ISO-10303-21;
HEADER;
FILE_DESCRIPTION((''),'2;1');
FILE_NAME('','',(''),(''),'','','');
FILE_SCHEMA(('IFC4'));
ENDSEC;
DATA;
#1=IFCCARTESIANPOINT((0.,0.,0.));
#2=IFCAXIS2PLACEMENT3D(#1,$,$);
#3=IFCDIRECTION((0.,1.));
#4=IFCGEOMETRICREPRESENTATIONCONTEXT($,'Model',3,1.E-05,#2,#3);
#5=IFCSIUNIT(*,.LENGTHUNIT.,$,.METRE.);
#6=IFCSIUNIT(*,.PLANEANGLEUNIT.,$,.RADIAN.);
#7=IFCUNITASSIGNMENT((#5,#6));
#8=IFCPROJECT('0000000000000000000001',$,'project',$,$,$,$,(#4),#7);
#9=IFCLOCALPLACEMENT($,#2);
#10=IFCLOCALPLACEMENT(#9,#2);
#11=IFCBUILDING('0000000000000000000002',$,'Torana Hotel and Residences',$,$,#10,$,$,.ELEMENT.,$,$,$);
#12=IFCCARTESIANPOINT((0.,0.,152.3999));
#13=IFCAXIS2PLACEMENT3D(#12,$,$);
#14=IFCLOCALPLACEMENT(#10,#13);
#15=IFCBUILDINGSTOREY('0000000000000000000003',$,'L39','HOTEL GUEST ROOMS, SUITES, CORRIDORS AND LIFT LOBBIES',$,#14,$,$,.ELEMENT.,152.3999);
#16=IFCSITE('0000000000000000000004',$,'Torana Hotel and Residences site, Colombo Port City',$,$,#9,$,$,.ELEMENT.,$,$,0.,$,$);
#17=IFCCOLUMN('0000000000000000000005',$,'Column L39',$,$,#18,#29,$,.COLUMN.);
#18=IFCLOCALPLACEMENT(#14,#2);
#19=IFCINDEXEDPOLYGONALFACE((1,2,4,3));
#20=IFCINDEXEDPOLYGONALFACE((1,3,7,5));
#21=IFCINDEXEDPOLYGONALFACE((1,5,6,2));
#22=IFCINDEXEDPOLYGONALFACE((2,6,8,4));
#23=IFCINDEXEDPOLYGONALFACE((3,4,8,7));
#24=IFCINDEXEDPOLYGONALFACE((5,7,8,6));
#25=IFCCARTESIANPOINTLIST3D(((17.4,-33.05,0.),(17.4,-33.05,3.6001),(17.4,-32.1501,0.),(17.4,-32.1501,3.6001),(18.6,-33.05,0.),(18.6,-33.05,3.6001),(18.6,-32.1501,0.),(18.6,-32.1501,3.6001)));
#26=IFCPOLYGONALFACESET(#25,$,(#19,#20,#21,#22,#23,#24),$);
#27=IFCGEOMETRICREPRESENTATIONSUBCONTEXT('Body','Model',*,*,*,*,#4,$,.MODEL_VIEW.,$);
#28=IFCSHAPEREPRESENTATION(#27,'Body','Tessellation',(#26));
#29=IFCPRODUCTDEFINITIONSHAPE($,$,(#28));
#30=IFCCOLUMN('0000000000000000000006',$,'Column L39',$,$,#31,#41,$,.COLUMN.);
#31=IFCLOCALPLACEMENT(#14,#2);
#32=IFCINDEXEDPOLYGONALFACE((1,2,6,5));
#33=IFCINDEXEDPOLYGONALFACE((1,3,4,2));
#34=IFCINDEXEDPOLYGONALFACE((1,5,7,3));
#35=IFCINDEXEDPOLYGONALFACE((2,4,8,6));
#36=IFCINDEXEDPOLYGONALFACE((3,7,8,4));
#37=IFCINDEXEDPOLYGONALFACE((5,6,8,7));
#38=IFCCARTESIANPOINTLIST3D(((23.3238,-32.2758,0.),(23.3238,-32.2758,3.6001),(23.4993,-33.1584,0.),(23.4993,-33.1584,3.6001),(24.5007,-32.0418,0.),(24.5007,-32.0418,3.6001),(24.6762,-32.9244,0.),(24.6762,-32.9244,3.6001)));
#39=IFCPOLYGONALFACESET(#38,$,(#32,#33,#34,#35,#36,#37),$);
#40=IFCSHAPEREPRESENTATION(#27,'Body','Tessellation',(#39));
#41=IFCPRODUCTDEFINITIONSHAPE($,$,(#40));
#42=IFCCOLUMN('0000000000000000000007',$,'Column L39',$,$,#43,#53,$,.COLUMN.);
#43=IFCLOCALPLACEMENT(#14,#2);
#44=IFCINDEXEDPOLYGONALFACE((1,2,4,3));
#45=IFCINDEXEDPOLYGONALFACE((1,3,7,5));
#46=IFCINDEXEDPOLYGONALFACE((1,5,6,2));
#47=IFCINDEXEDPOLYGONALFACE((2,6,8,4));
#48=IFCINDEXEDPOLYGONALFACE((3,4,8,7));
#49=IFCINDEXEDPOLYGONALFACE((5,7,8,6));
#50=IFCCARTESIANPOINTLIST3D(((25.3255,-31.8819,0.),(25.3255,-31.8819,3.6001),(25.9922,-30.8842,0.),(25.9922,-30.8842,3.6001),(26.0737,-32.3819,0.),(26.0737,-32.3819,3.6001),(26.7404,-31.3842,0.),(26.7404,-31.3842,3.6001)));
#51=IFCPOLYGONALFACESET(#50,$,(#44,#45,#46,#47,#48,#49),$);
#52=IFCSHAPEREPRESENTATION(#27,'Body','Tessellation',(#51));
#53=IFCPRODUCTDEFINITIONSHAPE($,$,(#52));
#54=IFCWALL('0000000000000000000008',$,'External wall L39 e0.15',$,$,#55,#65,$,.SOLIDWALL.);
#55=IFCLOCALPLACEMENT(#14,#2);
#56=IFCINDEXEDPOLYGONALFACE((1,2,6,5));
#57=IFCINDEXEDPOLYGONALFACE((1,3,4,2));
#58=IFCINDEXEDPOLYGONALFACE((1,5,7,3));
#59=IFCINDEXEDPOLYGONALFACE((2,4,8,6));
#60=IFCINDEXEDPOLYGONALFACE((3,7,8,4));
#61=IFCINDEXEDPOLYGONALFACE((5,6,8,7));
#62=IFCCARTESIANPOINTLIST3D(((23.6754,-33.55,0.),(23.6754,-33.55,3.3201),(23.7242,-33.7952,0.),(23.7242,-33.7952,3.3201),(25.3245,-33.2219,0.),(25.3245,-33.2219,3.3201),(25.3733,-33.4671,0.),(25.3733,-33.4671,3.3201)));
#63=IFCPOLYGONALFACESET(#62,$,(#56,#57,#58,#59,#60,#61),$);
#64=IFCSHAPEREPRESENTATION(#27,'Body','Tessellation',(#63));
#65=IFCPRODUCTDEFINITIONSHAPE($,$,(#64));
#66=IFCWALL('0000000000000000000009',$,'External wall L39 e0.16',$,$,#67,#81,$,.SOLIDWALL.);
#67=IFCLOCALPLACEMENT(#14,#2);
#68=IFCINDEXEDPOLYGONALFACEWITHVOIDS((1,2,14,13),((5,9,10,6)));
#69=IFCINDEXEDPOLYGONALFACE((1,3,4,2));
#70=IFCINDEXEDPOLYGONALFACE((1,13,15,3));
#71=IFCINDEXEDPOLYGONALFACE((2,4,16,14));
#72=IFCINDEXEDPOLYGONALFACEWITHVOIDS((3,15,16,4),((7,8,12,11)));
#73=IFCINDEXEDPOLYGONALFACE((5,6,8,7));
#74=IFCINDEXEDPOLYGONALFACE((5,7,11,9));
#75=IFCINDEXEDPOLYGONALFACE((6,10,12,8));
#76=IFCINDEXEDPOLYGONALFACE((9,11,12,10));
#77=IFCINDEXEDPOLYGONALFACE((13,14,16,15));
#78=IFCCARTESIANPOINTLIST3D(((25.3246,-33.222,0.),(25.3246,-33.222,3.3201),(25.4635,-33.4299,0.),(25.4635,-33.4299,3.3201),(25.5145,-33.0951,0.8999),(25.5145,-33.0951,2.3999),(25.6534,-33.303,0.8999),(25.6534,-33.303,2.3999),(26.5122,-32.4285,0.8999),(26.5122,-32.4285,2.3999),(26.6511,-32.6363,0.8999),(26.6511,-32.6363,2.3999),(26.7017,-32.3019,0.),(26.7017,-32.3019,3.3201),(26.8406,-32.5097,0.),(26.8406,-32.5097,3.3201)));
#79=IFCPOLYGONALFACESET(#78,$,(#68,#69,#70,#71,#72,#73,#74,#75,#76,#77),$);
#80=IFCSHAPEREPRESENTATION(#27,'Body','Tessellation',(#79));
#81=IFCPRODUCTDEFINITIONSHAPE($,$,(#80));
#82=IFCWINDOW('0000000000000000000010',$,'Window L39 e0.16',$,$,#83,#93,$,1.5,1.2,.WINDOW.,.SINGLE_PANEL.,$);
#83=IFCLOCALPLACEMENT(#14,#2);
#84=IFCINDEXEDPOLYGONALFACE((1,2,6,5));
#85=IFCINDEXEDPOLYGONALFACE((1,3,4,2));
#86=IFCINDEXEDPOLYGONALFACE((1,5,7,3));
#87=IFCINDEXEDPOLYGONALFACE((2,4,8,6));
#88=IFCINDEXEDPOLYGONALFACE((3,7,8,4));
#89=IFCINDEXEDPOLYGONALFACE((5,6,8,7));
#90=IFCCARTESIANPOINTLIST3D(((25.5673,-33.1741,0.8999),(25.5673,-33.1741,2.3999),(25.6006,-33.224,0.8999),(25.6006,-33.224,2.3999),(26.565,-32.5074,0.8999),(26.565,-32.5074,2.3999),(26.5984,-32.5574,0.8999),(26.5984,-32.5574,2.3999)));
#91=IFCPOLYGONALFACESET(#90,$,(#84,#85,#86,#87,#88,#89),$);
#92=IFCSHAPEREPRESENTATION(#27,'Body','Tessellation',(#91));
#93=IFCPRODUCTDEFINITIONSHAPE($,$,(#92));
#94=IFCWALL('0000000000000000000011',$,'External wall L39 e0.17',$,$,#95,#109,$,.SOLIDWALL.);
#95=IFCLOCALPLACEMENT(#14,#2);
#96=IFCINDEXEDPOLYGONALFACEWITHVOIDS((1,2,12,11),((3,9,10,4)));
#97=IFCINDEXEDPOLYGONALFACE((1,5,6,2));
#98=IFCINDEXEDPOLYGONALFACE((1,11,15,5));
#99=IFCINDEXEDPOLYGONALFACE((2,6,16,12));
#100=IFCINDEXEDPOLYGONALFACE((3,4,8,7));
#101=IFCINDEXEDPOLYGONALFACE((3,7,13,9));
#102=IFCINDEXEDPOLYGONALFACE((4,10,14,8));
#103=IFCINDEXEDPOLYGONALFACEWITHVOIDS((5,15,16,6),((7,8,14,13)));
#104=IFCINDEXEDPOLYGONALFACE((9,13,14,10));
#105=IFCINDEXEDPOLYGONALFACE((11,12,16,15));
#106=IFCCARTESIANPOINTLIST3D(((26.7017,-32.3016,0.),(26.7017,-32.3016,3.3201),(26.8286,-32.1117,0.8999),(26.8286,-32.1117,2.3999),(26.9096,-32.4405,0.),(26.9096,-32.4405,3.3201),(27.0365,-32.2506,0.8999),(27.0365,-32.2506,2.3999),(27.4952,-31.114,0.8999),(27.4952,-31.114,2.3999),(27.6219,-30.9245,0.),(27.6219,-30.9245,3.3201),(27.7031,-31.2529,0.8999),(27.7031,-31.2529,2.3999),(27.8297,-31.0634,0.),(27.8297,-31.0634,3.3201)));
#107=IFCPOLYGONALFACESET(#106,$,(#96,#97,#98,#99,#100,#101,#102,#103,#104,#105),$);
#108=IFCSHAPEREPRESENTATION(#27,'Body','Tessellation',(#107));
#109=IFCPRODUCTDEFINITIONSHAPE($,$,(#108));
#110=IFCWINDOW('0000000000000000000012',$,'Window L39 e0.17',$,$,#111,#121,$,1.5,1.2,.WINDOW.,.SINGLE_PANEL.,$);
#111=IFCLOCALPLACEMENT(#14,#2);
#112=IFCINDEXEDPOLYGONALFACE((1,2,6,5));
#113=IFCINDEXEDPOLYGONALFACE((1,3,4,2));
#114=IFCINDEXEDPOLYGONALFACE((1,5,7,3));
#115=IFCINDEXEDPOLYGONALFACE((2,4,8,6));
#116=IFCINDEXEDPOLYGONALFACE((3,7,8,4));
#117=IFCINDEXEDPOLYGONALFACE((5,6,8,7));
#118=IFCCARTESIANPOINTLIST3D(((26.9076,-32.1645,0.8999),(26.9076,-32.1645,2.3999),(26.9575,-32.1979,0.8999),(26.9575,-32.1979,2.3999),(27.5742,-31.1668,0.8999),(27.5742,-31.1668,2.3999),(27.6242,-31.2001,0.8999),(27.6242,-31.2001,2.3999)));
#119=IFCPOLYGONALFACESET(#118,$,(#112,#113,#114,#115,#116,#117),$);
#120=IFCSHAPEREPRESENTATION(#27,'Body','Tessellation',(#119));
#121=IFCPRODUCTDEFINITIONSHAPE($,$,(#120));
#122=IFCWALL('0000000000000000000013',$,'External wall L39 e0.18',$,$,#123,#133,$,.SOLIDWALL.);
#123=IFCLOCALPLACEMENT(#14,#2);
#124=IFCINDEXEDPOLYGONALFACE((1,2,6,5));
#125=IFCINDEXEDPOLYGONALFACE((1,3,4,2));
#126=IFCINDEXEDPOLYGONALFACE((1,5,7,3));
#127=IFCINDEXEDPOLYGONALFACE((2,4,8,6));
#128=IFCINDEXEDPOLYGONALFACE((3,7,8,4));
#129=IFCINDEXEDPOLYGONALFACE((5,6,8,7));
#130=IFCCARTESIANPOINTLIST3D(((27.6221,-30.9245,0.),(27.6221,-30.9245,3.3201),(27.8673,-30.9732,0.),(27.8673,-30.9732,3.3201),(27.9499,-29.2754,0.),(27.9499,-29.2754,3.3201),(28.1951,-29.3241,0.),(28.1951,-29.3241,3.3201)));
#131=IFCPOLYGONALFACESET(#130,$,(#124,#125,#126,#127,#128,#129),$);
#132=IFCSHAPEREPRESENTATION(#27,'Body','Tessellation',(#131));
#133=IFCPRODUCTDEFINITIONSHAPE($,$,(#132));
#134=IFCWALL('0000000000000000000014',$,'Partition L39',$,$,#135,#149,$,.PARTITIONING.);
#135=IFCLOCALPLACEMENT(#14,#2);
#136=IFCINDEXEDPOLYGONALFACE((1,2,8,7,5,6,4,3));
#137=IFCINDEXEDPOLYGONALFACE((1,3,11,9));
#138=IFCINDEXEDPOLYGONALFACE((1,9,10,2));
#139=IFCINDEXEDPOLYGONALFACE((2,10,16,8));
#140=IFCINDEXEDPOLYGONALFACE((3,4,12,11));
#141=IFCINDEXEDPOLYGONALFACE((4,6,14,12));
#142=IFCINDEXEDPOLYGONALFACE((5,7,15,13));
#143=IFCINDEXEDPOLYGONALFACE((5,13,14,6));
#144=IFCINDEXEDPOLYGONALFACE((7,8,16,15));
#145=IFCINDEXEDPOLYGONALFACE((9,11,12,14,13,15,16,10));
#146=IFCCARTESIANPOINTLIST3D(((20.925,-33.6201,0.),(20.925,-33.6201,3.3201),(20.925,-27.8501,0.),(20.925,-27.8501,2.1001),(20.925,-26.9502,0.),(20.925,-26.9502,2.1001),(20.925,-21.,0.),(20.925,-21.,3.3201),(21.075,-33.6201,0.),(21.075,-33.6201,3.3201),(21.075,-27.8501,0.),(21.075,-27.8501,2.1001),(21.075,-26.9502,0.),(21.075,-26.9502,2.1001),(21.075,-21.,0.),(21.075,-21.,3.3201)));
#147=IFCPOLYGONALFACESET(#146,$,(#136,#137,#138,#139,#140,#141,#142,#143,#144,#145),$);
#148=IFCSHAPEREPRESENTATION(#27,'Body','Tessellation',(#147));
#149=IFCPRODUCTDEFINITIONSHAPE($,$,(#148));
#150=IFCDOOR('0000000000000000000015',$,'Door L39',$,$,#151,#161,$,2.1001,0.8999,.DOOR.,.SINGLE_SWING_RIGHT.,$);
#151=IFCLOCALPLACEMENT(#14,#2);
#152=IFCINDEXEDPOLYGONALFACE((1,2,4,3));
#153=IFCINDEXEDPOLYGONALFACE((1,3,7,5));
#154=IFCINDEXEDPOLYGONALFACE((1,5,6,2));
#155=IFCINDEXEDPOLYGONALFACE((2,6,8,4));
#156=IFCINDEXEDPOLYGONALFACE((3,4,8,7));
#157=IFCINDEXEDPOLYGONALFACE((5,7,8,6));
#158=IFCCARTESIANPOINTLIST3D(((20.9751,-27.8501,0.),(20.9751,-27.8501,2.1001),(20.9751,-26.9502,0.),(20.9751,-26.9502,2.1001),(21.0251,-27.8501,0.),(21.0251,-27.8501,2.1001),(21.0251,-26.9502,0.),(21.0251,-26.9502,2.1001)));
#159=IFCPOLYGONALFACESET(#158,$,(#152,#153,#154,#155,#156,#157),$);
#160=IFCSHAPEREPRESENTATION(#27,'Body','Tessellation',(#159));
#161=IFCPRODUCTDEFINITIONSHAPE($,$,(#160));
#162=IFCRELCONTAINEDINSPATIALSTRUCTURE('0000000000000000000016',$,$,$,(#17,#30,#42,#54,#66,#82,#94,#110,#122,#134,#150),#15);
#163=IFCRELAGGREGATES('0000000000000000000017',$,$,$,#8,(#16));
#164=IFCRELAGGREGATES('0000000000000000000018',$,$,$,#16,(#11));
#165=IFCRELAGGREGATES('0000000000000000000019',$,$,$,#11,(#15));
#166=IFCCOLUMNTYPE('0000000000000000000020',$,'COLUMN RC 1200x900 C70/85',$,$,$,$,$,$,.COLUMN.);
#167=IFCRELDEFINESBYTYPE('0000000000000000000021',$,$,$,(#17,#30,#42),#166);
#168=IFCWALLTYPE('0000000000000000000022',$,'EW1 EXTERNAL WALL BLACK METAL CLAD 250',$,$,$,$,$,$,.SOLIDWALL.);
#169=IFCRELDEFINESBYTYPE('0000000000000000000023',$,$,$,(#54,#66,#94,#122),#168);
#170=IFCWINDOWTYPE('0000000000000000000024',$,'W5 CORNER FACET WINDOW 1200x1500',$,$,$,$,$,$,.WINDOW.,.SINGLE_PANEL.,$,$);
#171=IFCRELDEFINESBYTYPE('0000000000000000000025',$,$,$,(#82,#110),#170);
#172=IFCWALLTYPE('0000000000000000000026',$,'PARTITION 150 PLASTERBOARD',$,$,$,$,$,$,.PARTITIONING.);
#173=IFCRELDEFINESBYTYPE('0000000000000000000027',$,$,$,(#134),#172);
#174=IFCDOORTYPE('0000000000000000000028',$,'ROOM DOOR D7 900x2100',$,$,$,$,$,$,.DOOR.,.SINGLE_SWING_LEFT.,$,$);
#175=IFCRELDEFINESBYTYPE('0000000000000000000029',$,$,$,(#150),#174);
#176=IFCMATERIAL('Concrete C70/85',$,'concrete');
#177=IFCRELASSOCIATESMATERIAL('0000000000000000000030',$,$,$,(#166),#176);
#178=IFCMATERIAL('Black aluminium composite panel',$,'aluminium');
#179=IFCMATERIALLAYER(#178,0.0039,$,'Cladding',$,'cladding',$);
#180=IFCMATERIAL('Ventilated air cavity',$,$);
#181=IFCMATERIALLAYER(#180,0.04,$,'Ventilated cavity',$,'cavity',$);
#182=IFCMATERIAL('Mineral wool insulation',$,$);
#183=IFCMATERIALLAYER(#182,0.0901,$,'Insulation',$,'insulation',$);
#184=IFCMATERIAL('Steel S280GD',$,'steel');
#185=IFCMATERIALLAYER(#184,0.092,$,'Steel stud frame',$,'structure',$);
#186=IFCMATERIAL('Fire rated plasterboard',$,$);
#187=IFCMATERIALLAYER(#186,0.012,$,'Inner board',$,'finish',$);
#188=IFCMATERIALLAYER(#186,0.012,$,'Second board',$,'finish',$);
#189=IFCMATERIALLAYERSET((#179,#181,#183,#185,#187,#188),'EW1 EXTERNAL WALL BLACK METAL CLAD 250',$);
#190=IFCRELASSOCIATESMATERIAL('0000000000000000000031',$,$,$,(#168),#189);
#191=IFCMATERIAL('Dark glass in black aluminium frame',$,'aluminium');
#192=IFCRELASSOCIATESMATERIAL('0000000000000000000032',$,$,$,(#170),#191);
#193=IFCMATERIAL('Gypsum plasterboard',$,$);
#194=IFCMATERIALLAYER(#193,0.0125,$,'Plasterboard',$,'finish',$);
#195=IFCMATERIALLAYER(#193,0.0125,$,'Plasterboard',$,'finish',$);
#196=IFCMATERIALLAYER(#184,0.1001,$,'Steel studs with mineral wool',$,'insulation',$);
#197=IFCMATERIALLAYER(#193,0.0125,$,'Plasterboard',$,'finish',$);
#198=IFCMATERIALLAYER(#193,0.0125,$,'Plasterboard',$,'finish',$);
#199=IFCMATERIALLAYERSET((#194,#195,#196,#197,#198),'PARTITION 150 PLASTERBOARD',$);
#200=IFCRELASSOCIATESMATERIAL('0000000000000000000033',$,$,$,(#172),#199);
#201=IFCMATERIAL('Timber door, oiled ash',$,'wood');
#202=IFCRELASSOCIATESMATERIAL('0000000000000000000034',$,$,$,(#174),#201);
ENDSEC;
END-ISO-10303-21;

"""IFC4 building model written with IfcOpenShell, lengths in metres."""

from ifc_helpers import new_model, si_unit, direction, frame, frame_2d, origin, origin_2d, place, context, subcontext, project, spatial, rectangle, extrude, material, layer, layer_set, material_profile, profile_set, type_object, element, fill, save


model = new_model("IFC4")

# Units and contexts
model_context = context("Model", 3, precision=1e-05, world=origin(), true_north=direction((0.0, 1.0)))
body_context = subcontext(model_context, "Body", "Model", "MODEL_VIEW")
ifc_project = project(units=[si_unit("LENGTHUNIT", "METRE"), si_unit("PLANEANGLEUNIT", "RADIAN")], contexts=[model_context])

# Site, building, storey
site_placement = place(None, origin())
site = spatial("IfcSite", under=ifc_project, at=site_placement, Name="Torana Hotel and Residences site, Colombo Port City", CompositionType="ELEMENT", RefElevation=0.0)
building_placement = place(site_placement, origin())
building = spatial("IfcBuilding", under=site, at=building_placement, Name="Torana Hotel and Residences", CompositionType="ELEMENT")
storey_placement = place(building_placement, frame((0.0, 0.0, 152.3999)))
storey = spatial("IfcBuildingStorey", under=building, at=storey_placement, Name="L39", Description="HOTEL GUEST ROOMS, SUITES, CORRIDORS AND LIFT LOBBIES", CompositionType="ELEMENT", Elevation=152.3999)

# Columns
ifc_material_1 = material(Name="Concrete C70/85", Category="concrete")
ifc_material_profile = material_profile(ifc_material_1, rectangle(XDim=1.2, YDim=0.8999, at=origin_2d()), Name="RC 1200x900")
ifc_profile_set = profile_set([ifc_material_profile], Name="Concrete C70/85")
column_type = type_object("IfcColumnType", Name="COLUMN RC 1200x900 C70/85", PredefinedType="COLUMN", material=ifc_profile_set)
for number, where, z_axis, x_axis, name in (
    (1, (18.0, -32.6001, 0.0), (0.0, 0.0, 1.0), (1.0, 0.0, 0.0), "Column L39"),
    (2, (24.0, -32.6001, 0.0), (0.0, 0.0, 1.0), (0.980792, 0.195056, 0.0), "Column L39"),
    (3, (26.033, -31.6331, 0.0), (0.0, 0.0, 1.0), (0.555585, 0.83146, 0.0), "Column L39"),
):
    element("IfcColumn", number, at=place(storey_placement, frame(where, z_axis=z_axis, x_axis=x_axis)), inside=storey, type_object=column_type, Name=name, PredefinedType="COLUMN", context=body_context, shape_type="SweptSolid", body=[
        extrude(rectangle(XDim=1.2, YDim=0.8999, at=origin_2d()), origin(), (0.0, 0.0, 1.0), 3.6001),
    ])

# Wall
ifc_material_2 = material(Name="Black aluminium composite panel", Category="aluminium")
ifc_layer_1 = layer(ifc_material_2, 0.0039, Name="Cladding", Category="cladding")
ifc_material_3 = material(Name="Ventilated air cavity")
ifc_layer_2 = layer(ifc_material_3, 0.04, Name="Ventilated cavity", Category="cavity")
ifc_material_4 = material(Name="Mineral wool insulation")
ifc_layer_3 = layer(ifc_material_4, 0.0901, Name="Insulation", Category="insulation")
ifc_material_5 = material(Name="Steel S280GD", Category="steel")
ifc_layer_4 = layer(ifc_material_5, 0.092, Name="Steel stud frame", Category="structure")
ifc_material_6 = material(Name="Fire rated plasterboard")
ifc_layer_5 = layer(ifc_material_6, 0.012, Name="Inner board", Category="finish")
ifc_layer_6 = layer(ifc_material_6, 0.012, Name="Second board", Category="finish")
ifc_layer_set_1 = layer_set([ifc_layer_1, ifc_layer_2, ifc_layer_3, ifc_layer_4, ifc_layer_5, ifc_layer_6], Name="EW1 EXTERNAL WALL BLACK METAL CLAD 250")
wall_type_1 = type_object("IfcWallType", Name="EW1 EXTERNAL WALL BLACK METAL CLAD 250", PredefinedType="SOLIDWALL", material=ifc_layer_set_1)
wall_1_placement = place(storey_placement, frame((23.6997, -33.6726, 0.0), z_axis=(0.0, 0.0, 1.0), x_axis=(0.980776, 0.195139, 0.0)))
element("IfcWall", 4, at=wall_1_placement, inside=storey, type_object=wall_type_1, Name="External wall L39 e0.15", PredefinedType="SOLIDWALL", context=body_context, shape_type="SweptSolid", body=[
    extrude(rectangle(XDim=1.6814, YDim=0.25, at=frame_2d((0.8408, 0.0))), origin(), (0.0, 0.0, 1.0), 3.3201),
])

# Walls, openings, windows
wall_2_placement = place(storey_placement, frame((25.394, -33.3259, 0.0), z_axis=(0.0, 0.0, 1.0), x_axis=(0.831483, 0.55555, 0.0)))
wall_2 = element("IfcWall", 5, at=wall_2_placement, inside=storey, type_object=wall_type_1, Name="External wall L39 e0.16", PredefinedType="SOLIDWALL", context=body_context, shape_type="SweptSolid", body=[
    extrude(rectangle(XDim=1.6562, YDim=0.25, at=frame_2d((0.8281, 0.0))), origin(), (0.0, 0.0, 1.0), 3.3201),
])
opening_1_placement = place(wall_2_placement, frame((0.2283, 0.0, 0.8999)))
opening_1 = element("IfcOpeningElement", 6, at=opening_1_placement, cuts=wall_2, PredefinedType="OPENING", context=body_context, shape_type="SweptSolid", body=[
    extrude(rectangle(XDim=1.2, YDim=1.5, at=frame_2d((0.6001, 0.75))), frame((0.0, 0.135, 0.0), z_axis=(0.0, -1.0, 0.0), x_axis=(1.0, 0.0, 0.0)), (0.0, 0.0, 1.0), 0.27),
])
ifc_material_7 = material(Name="Dark glass in black aluminium frame", Category="aluminium")
window_type_1 = type_object("IfcWindowType", Name="W5 CORNER FACET WINDOW 1200x1500", PartitioningType="SINGLE_PANEL", PredefinedType="WINDOW", material=ifc_material_7)
window_1_placement = place(opening_1_placement, origin())
window_1 = element("IfcWindow", 7, at=window_1_placement, inside=storey, type_object=window_type_1, Name="Window L39 e0.16", OverallHeight=1.5, OverallWidth=1.2, PartitioningType="SINGLE_PANEL", PredefinedType="WINDOW", context=body_context, shape_type="SweptSolid", body=[
    extrude(rectangle(XDim=1.2, YDim=1.5, at=frame_2d((0.6001, 0.75))), frame((0.0, 0.03, 0.0), z_axis=(0.0, -1.0, 0.0), x_axis=(1.0, 0.0, 0.0)), (0.0, 0.0, 1.0), 0.0601),
])
fill(opening_1, window_1)
wall_3_placement = place(storey_placement, frame((26.8057, -32.3711, 0.0), z_axis=(0.0, 0.0, 1.0), x_axis=(0.55555, 0.831483, 0.0)))
wall_3 = element("IfcWall", 8, at=wall_3_placement, inside=storey, type_object=wall_type_1, Name="External wall L39 e0.17", PredefinedType="SOLIDWALL", context=body_context, shape_type="SweptSolid", body=[
    extrude(rectangle(XDim=1.6562, YDim=0.25, at=frame_2d((0.8281, 0.0))), origin(), (0.0, 0.0, 1.0), 3.3201),
])
opening_2_placement = place(wall_3_placement, frame((0.2283, 0.0, 0.8999)))
opening_2 = element("IfcOpeningElement", 9, at=opening_2_placement, cuts=wall_3, PredefinedType="OPENING", context=body_context, shape_type="SweptSolid", body=[
    extrude(rectangle(XDim=1.2, YDim=1.5, at=frame_2d((0.6001, 0.75))), frame((0.0, 0.135, 0.0), z_axis=(0.0, -1.0, 0.0), x_axis=(1.0, 0.0, 0.0)), (0.0, 0.0, 1.0), 0.27),
])
window_2_placement = place(opening_2_placement, origin())
window_2 = element("IfcWindow", 10, at=window_2_placement, inside=storey, type_object=window_type_1, Name="Window L39 e0.17", OverallHeight=1.5, OverallWidth=1.2, PartitioningType="SINGLE_PANEL", PredefinedType="WINDOW", context=body_context, shape_type="SweptSolid", body=[
    extrude(rectangle(XDim=1.2, YDim=1.5, at=frame_2d((0.6001, 0.75))), frame((0.0, 0.03, 0.0), z_axis=(0.0, -1.0, 0.0), x_axis=(1.0, 0.0, 0.0)), (0.0, 0.0, 1.0), 0.0601),
])
fill(opening_2, window_2)

# Wall
wall_4_placement = place(storey_placement, frame((27.7446, -30.949, 0.0), z_axis=(0.0, 0.0, 1.0), x_axis=(0.194999, 0.980803, 0.0)))
element("IfcWall", 11, at=wall_4_placement, inside=storey, type_object=wall_type_1, Name="External wall L39 e0.18", PredefinedType="SOLIDWALL", context=body_context, shape_type="SweptSolid", body=[
    extrude(rectangle(XDim=1.6814, YDim=0.25, at=frame_2d((0.8408, 0.0))), origin(), (0.0, 0.0, 1.0), 3.3201),
])

# Wall, opening, door
ifc_material_8 = material(Name="Gypsum plasterboard")
ifc_layer_7 = layer(ifc_material_8, 0.0125, Name="Plasterboard", Category="finish")
ifc_layer_8 = layer(ifc_material_8, 0.0125, Name="Plasterboard", Category="finish")
ifc_layer_9 = layer(ifc_material_5, 0.1001, Name="Steel studs with mineral wool", Category="insulation")
ifc_layer_10 = layer(ifc_material_8, 0.0125, Name="Plasterboard", Category="finish")
ifc_layer_11 = layer(ifc_material_8, 0.0125, Name="Plasterboard", Category="finish")
ifc_layer_set_2 = layer_set([ifc_layer_7, ifc_layer_8, ifc_layer_9, ifc_layer_10, ifc_layer_11], Name="PARTITION 150 PLASTERBOARD")
wall_type_2 = type_object("IfcWallType", Name="PARTITION 150 PLASTERBOARD", PredefinedType="PARTITIONING", material=ifc_layer_set_2)
wall_5_placement = place(storey_placement, frame((21.0, -33.6201, 0.0), z_axis=(0.0, 0.0, 1.0), x_axis=(0.0, 1.0, 0.0)))
wall_5 = element("IfcWall", 12, at=wall_5_placement, inside=storey, type_object=wall_type_2, Name="Partition L39", PredefinedType="PARTITIONING", context=body_context, shape_type="SweptSolid", body=[
    extrude(rectangle(XDim=12.6201, YDim=0.1499, at=frame_2d((6.3101, 0.0))), origin(), (0.0, 0.0, 1.0), 3.3201),
])
opening_3_placement = place(wall_5_placement, frame((5.77, 0.0, 0.0)))
opening_3 = element("IfcOpeningElement", 13, at=opening_3_placement, cuts=wall_5, PredefinedType="OPENING", context=body_context, shape_type="SweptSolid", body=[
    extrude(rectangle(XDim=0.8999, YDim=2.1001, at=frame_2d((0.45, 1.05))), frame((0.0, 0.085, 0.0), z_axis=(0.0, -1.0, 0.0), x_axis=(1.0, 0.0, 0.0)), (0.0, 0.0, 1.0), 0.1699),
])
ifc_material_9 = material(Name="Timber door, oiled ash", Category="wood")
door_type_1 = type_object("IfcDoorType", Name="ROOM DOOR D7 900x2100", OperationType="SINGLE_SWING_LEFT", PredefinedType="DOOR", material=ifc_material_9)
door_1_placement = place(opening_3_placement, origin())
door_1 = element("IfcDoor", 14, at=door_1_placement, inside=storey, type_object=door_type_1, Name="Door L39", OperationType="SINGLE_SWING_RIGHT", OverallHeight=2.1001, OverallWidth=0.8999, PredefinedType="DOOR", context=body_context, shape_type="SweptSolid", body=[
    extrude(rectangle(XDim=0.8999, YDim=2.1001, at=frame_2d((0.45, 1.05))), frame((0.0, 0.0249, 0.0), z_axis=(0.0, -1.0, 0.0), x_axis=(1.0, 0.0, 0.0)), (0.0, 0.0, 1.0), 0.05),
])
fill(opening_3, door_1)

save(model, "model.ifc")
